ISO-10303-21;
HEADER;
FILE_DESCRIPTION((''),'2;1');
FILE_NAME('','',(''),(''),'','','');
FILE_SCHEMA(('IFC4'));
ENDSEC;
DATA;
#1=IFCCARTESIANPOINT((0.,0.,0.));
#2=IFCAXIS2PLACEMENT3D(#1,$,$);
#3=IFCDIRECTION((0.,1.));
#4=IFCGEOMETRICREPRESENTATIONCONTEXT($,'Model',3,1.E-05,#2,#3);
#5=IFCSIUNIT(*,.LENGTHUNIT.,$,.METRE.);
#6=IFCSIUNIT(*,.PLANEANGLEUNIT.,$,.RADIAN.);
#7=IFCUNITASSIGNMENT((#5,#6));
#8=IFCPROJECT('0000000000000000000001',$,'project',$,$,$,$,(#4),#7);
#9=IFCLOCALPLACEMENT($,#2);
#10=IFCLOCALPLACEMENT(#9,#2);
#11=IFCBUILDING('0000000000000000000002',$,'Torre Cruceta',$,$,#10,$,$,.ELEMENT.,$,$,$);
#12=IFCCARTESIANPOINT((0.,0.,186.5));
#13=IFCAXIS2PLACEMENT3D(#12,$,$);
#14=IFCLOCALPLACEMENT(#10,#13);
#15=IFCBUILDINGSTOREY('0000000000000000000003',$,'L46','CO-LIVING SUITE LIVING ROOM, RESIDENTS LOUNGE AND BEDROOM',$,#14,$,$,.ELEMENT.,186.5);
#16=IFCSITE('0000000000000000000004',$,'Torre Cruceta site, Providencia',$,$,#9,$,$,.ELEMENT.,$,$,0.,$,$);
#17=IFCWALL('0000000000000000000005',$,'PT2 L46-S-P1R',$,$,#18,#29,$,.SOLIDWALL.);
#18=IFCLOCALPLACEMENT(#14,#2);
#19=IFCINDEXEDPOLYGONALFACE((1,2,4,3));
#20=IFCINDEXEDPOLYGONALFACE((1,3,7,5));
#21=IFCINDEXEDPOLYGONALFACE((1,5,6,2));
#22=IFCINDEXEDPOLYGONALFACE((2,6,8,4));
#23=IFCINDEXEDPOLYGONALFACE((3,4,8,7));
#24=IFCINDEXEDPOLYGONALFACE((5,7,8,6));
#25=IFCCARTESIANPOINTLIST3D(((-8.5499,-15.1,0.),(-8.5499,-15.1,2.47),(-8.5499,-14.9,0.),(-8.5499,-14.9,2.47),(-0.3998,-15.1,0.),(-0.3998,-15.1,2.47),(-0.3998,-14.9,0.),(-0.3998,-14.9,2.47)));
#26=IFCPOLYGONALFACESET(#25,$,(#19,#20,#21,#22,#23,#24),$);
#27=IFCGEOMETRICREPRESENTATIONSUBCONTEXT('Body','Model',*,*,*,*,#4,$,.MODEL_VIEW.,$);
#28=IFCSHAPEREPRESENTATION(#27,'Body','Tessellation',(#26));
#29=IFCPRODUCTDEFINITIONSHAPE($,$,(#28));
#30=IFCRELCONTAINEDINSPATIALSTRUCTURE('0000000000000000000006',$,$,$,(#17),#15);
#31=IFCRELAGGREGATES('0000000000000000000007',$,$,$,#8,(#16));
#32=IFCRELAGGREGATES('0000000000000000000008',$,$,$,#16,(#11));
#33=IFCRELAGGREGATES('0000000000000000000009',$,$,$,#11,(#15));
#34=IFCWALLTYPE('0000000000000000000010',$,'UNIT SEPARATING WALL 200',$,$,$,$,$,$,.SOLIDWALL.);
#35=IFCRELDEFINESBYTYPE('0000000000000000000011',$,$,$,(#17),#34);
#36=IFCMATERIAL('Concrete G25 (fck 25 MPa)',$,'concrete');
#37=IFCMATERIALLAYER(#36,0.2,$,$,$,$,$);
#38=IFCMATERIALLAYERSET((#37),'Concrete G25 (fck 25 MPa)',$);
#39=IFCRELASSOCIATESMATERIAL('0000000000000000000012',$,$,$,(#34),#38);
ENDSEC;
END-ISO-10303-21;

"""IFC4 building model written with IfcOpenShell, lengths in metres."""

from ifc_helpers import new_model, si_unit, direction, frame, frame_2d, origin, place, context, subcontext, project, spatial, rectangle, extrude, material, layer, layer_set, type_object, element, save


model = new_model("IFC4")

# Units and contexts
model_context = context("Model", 3, precision=1e-05, world=origin(), true_north=direction((0.0, 1.0)))
body_context = subcontext(model_context, "Body", "Model", "MODEL_VIEW")
ifc_project = project(units=[si_unit("LENGTHUNIT", "METRE"), si_unit("PLANEANGLEUNIT", "RADIAN")], contexts=[model_context])

# Site, building, storey
site_placement = place(None, origin())
site = spatial("IfcSite", under=ifc_project, at=site_placement, Name="Torre Cruceta site, Providencia", CompositionType="ELEMENT", RefElevation=0.0)
building_placement = place(site_placement, origin())
building = spatial("IfcBuilding", under=site, at=building_placement, Name="Torre Cruceta", CompositionType="ELEMENT")
storey_placement = place(building_placement, frame((0.0, 0.0, 186.5)))
storey = spatial("IfcBuildingStorey", under=building, at=storey_placement, Name="L46", Description="CO-LIVING SUITE LIVING ROOM, RESIDENTS LOUNGE AND BEDROOM", CompositionType="ELEMENT", Elevation=186.5)

# Wall
ifc_material_1 = material(Name="Concrete G25 (fck 25 MPa)", Category="concrete")
ifc_layer_1 = layer(ifc_material_1, 0.2)
ifc_layer_set_1 = layer_set([ifc_layer_1], Name="Concrete G25 (fck 25 MPa)")
wall_type_1 = type_object("IfcWallType", Name="UNIT SEPARATING WALL 200", PredefinedType="SOLIDWALL", material=ifc_layer_set_1)
wall_1_placement = place(storey_placement, frame((-8.55, -15.0, 0.0), z_axis=(0.0, 0.0, 1.0), x_axis=(1.0, 0.0, 0.0)))
element("IfcWall", 1, at=wall_1_placement, inside=storey, type_object=wall_type_1, Name="PT2 L46-S-P1R", PredefinedType="SOLIDWALL", context=body_context, shape_type="SweptSolid", body=[
    extrude(rectangle(XDim=8.1501, YDim=0.2, at=frame_2d((4.0752, 0.0))), origin(), (0.0, 0.0, 1.0), 2.47),
])

save(model, "model.ifc")
